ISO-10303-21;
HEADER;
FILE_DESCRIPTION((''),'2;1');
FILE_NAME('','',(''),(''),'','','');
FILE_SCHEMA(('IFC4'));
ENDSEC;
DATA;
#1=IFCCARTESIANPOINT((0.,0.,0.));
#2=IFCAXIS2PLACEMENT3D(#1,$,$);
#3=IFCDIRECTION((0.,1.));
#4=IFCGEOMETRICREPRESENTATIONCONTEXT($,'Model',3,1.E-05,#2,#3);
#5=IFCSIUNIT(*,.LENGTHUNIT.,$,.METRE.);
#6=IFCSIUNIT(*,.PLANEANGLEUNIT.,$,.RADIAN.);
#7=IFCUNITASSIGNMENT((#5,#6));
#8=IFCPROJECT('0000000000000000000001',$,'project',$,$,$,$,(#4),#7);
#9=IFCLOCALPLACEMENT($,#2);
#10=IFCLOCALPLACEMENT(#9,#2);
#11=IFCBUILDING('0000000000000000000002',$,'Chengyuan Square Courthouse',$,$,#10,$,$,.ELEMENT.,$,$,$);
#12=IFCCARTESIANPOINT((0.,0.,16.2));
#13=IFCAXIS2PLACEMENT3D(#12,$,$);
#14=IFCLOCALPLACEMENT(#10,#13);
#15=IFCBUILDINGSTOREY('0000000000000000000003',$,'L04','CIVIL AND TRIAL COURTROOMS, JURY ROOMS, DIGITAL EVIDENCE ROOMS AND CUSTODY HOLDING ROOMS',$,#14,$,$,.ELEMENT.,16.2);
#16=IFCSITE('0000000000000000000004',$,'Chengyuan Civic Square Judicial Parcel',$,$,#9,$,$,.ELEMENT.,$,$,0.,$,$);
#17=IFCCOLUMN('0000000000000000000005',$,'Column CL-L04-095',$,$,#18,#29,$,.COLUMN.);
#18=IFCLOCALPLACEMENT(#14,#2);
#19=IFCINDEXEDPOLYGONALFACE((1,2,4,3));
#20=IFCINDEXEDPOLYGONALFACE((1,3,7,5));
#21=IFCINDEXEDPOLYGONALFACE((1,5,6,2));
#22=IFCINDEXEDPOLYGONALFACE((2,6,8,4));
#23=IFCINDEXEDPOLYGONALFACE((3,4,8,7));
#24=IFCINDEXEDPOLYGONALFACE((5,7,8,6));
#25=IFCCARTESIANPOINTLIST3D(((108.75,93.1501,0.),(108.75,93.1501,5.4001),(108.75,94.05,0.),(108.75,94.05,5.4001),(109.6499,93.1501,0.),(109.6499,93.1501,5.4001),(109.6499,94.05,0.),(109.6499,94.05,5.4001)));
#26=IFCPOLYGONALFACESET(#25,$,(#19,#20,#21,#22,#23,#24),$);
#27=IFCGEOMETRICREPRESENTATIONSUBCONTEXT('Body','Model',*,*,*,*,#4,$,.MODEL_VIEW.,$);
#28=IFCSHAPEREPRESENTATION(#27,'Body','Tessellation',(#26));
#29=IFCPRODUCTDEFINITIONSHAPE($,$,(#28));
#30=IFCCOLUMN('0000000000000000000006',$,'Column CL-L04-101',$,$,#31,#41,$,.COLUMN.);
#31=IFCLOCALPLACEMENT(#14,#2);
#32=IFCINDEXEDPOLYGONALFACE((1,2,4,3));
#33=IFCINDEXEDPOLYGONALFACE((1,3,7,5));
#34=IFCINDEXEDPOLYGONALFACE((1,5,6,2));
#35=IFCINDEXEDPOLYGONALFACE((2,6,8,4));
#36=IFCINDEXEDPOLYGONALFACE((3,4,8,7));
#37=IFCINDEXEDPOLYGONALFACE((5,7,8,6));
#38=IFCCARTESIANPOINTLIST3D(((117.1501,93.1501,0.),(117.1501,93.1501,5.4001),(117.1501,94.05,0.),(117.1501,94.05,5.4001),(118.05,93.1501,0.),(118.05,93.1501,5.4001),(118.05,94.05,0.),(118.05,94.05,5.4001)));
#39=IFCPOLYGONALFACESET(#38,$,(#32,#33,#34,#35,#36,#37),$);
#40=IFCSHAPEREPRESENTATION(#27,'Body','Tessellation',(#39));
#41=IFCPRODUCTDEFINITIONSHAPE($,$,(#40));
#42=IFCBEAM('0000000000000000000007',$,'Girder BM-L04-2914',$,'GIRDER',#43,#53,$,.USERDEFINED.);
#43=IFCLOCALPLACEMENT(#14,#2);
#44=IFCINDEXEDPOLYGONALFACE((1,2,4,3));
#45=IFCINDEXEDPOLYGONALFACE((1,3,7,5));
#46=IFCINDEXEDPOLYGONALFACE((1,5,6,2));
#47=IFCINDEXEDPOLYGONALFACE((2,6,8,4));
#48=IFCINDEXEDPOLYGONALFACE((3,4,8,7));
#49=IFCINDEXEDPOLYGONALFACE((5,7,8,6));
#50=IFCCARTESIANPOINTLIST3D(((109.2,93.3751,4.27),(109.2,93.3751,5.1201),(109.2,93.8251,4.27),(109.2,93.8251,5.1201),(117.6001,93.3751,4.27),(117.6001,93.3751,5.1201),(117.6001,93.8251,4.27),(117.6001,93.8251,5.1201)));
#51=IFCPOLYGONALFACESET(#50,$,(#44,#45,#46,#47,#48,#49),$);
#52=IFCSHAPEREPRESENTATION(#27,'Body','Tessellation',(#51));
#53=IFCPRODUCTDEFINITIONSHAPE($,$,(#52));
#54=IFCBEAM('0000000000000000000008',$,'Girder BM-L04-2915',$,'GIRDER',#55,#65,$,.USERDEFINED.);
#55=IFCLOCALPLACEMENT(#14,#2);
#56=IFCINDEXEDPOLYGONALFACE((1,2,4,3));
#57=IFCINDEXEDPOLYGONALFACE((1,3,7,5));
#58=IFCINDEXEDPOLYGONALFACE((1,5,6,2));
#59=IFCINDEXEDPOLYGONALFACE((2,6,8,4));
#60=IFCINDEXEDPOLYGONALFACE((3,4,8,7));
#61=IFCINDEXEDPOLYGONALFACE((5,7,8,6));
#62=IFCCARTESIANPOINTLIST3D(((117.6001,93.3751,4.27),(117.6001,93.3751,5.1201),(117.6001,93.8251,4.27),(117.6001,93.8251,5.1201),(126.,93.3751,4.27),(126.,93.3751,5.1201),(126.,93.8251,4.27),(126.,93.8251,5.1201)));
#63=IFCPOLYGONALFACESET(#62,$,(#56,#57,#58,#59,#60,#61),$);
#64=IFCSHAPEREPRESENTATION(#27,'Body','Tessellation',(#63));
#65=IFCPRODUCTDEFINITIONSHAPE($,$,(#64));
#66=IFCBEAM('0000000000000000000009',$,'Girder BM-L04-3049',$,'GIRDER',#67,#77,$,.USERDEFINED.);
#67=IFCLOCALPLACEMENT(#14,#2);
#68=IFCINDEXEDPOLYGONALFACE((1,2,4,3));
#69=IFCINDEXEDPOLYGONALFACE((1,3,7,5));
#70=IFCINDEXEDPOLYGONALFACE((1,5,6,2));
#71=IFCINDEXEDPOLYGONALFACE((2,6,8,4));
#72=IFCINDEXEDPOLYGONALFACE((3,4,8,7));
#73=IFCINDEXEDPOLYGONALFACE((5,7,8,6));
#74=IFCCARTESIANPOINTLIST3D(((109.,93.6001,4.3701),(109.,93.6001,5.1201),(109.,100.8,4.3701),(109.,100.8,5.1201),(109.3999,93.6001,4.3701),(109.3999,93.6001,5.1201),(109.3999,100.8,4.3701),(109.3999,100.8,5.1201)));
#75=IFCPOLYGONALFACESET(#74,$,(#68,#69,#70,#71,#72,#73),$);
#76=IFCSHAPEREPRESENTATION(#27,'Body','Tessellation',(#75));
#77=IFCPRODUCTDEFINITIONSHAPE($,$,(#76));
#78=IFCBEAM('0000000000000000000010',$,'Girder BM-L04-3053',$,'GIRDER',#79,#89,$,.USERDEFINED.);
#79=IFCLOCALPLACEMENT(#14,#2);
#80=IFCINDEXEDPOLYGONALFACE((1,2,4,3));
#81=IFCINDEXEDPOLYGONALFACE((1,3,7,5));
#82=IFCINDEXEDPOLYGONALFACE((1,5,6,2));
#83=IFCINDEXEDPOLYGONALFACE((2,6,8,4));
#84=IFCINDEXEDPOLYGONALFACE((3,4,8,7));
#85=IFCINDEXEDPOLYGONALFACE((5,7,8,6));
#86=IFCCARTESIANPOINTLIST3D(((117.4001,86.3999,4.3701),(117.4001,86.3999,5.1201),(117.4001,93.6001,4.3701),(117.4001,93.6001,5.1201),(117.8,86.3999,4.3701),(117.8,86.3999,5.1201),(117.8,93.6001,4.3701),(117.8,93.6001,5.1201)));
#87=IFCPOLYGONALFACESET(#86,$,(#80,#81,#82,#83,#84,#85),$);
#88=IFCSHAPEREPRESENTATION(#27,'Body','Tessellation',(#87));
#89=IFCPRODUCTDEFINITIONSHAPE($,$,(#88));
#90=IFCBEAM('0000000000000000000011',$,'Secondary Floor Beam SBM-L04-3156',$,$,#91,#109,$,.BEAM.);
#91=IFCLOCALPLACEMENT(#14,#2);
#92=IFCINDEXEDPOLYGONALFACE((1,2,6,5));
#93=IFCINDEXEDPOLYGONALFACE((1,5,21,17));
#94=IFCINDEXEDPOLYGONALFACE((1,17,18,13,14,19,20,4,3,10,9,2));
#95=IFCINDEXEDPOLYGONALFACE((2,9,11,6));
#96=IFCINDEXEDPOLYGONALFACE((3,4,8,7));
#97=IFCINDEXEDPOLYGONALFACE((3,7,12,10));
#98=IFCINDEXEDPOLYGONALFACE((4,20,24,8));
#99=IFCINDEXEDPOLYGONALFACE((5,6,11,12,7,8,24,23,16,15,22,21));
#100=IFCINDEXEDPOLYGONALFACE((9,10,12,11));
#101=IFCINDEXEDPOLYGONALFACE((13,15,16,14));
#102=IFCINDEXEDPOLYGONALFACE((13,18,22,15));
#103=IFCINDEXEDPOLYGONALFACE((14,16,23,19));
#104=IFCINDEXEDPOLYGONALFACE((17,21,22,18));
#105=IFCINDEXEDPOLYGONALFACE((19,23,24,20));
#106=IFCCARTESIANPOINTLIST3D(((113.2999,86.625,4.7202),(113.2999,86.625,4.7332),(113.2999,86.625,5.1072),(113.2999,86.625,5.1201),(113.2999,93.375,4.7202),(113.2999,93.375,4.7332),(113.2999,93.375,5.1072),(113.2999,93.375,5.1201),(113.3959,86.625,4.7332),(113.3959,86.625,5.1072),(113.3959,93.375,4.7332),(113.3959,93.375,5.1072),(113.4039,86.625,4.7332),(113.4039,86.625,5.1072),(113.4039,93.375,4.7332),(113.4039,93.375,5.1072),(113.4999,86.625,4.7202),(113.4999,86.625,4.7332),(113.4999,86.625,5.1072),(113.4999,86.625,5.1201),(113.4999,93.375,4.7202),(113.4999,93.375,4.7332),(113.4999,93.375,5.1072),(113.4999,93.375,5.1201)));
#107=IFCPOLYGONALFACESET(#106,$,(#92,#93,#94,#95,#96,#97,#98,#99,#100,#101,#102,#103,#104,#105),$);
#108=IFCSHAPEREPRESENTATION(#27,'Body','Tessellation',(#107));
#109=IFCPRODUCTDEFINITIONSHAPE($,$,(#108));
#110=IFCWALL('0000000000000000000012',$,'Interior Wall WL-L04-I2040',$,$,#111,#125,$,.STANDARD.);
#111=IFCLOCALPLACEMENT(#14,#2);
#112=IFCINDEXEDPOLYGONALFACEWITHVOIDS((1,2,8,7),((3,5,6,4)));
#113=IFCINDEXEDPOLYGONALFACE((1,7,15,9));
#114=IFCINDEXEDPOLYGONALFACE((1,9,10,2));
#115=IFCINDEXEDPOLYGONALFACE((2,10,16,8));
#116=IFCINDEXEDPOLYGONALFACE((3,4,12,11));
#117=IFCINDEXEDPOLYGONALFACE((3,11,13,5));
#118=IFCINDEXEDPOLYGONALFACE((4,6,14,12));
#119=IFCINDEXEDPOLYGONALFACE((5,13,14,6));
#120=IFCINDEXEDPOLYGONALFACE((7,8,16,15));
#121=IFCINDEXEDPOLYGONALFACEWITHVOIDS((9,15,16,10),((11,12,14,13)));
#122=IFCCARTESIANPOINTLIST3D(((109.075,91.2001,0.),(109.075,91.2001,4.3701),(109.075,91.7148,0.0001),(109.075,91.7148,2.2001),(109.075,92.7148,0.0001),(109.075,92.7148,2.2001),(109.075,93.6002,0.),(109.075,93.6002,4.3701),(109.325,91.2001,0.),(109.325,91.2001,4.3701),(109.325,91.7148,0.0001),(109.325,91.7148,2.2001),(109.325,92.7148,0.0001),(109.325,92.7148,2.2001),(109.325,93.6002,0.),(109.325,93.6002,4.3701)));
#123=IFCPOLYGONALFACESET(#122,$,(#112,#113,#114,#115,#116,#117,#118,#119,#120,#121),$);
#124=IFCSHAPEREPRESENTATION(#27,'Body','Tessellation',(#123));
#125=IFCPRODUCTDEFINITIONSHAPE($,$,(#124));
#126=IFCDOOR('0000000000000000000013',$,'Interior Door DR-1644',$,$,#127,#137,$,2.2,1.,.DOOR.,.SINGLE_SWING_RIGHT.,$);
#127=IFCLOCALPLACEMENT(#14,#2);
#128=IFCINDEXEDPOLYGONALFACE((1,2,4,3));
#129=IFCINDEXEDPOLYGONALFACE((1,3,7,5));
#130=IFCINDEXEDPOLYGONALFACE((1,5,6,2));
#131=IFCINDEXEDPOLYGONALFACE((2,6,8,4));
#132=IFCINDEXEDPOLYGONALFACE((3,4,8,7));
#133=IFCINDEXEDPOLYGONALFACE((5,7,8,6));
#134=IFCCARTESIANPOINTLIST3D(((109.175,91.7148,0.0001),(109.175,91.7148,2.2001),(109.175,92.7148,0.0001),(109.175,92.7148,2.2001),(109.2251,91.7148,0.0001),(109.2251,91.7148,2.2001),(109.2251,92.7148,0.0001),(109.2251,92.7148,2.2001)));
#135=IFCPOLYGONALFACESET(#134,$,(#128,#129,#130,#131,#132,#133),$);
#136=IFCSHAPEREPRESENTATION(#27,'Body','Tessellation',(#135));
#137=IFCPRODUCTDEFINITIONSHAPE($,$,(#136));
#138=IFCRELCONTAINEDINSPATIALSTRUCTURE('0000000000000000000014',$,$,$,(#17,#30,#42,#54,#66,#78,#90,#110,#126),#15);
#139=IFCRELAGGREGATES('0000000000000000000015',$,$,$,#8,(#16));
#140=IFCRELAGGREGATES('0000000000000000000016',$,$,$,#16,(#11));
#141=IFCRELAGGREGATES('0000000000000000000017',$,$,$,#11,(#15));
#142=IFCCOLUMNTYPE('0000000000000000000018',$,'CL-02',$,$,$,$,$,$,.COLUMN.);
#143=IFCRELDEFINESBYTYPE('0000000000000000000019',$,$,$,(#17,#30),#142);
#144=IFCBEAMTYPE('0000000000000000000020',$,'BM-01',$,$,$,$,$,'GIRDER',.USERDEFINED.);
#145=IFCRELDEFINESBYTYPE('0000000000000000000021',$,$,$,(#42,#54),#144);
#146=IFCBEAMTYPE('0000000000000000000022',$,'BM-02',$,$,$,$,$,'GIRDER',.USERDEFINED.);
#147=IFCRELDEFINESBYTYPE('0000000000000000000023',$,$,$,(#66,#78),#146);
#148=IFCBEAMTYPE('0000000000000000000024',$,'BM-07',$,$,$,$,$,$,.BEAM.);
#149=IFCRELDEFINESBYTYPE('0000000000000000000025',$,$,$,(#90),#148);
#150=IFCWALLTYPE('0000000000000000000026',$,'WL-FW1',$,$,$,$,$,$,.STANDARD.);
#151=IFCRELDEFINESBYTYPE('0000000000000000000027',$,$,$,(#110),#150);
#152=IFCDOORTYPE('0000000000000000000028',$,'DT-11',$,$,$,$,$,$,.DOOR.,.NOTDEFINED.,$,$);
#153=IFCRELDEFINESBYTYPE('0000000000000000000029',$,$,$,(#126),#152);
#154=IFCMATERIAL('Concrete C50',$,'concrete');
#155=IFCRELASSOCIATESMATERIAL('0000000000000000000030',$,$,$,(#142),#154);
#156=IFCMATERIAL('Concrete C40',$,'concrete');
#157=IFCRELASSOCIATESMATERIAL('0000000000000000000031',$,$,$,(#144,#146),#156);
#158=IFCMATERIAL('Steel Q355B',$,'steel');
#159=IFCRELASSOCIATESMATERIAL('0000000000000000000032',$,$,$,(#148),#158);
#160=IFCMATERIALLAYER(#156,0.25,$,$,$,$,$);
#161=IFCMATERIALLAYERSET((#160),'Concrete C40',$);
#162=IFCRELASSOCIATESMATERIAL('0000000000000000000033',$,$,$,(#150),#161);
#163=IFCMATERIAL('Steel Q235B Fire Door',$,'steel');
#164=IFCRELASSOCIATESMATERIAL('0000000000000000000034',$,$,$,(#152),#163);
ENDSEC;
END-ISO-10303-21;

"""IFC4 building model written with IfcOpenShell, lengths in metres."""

from ifc_helpers import new_model, si_unit, direction, frame, frame_2d, origin, origin_2d, place, context, subcontext, project, spatial, rectangle, i_section, extrude, material, layer, layer_set, material_profile, profile_set, type_object, element, fill, save


model = new_model("IFC4")

# Units and contexts
model_context = context("Model", 3, precision=1e-05, world=origin(), true_north=direction((0.0, 1.0)))
body_context = subcontext(model_context, "Body", "Model", "MODEL_VIEW")
ifc_project = project(units=[si_unit("LENGTHUNIT", "METRE"), si_unit("PLANEANGLEUNIT", "RADIAN")], contexts=[model_context])

# Site, building, storey
site_placement = place(None, origin())
site = spatial("IfcSite", under=ifc_project, at=site_placement, Name="Chengyuan Civic Square Judicial Parcel", CompositionType="ELEMENT", RefElevation=0.0)
building_placement = place(site_placement, origin())
building = spatial("IfcBuilding", under=site, at=building_placement, Name="Chengyuan Square Courthouse", CompositionType="ELEMENT")
storey_placement = place(building_placement, frame((0.0, 0.0, 16.2)))
storey = spatial("IfcBuildingStorey", under=building, at=storey_placement, Name="L04", Description="CIVIL AND TRIAL COURTROOMS, JURY ROOMS, DIGITAL EVIDENCE ROOMS AND CUSTODY HOLDING ROOMS", CompositionType="ELEMENT", Elevation=16.2)

# Columns
ifc_material_1 = material(Name="Concrete C50", Category="concrete")
ifc_material_profile_1 = material_profile(ifc_material_1, rectangle(XDim=0.8999, YDim=0.8999, at=origin_2d()), Name="RC-COL-900x900")
ifc_profile_set_1 = profile_set([ifc_material_profile_1], Name="Concrete C50")
column_type = type_object("IfcColumnType", Name="CL-02", PredefinedType="COLUMN", material=ifc_profile_set_1)
for number, where, z_axis, x_axis, name in (
    (1, (109.2, 93.6001, 0.0), (0.0, 0.0, 1.0), (1.0, 0.0, 0.0), "Column CL-L04-095"),
    (2, (117.6001, 93.6001, 0.0), (0.0, 0.0, 1.0), (1.0, 0.0, 0.0), "Column CL-L04-101"),
):
    element("IfcColumn", number, at=place(storey_placement, frame(where, z_axis=z_axis, x_axis=x_axis)), inside=storey, type_object=column_type, Name=name, PredefinedType="COLUMN", context=body_context, shape_type="SweptSolid", body=[
        extrude(rectangle(XDim=0.8999, YDim=0.8999, at=origin_2d()), origin(), (0.0, 0.0, 1.0), 5.4001),
    ])

# Beams
ifc_material_2 = material(Name="Concrete C40", Category="concrete")
ifc_material_profile_2 = material_profile(ifc_material_2, rectangle(XDim=0.45, YDim=0.8501, at=origin_2d()), Name="RC-BM-450x850")
ifc_profile_set_2 = profile_set([ifc_material_profile_2], Name="Concrete C40")
beam_type_1 = type_object("IfcBeamType", Name="BM-01", ElementType="GIRDER", PredefinedType="USERDEFINED", material=ifc_profile_set_2)
beam_1_placement = place(storey_placement, frame((109.2, 93.6001, 4.6951), z_axis=(1.0, 0.0, 0.0), x_axis=(0.0, 1.0, 0.0)))
element("IfcBeam", 3, at=beam_1_placement, inside=storey, type_object=beam_type_1, Name="Girder BM-L04-2914", ObjectType="GIRDER", PredefinedType="USERDEFINED", context=body_context, shape_type="SweptSolid", body=[
    extrude(rectangle(XDim=0.45, YDim=0.8501, at=origin_2d()), origin(), (0.0, 0.0, 1.0), 8.4001),
])
beam_2_placement = place(storey_placement, frame((117.6001, 93.6001, 4.6951), z_axis=(1.0, 0.0, 0.0), x_axis=(0.0, 1.0, 0.0)))
element("IfcBeam", 4, at=beam_2_placement, inside=storey, type_object=beam_type_1, Name="Girder BM-L04-2915", ObjectType="GIRDER", PredefinedType="USERDEFINED", context=body_context, shape_type="SweptSolid", body=[
    extrude(rectangle(XDim=0.45, YDim=0.8501, at=origin_2d()), origin(), (0.0, 0.0, 1.0), 8.3999),
])
ifc_material_profile_3 = material_profile(ifc_material_2, rectangle(XDim=0.3999, YDim=0.75, at=origin_2d()), Name="RC-BM-400x750")
ifc_profile_set_3 = profile_set([ifc_material_profile_3], Name="Concrete C40")
beam_type_2 = type_object("IfcBeamType", Name="BM-02", ElementType="GIRDER", PredefinedType="USERDEFINED", material=ifc_profile_set_3)
beam_3_placement = place(storey_placement, frame((109.2, 93.6001, 4.7451), z_axis=(0.0, 1.0, 0.0), x_axis=(-1.0, 0.0, 0.0)))
element("IfcBeam", 5, at=beam_3_placement, inside=storey, type_object=beam_type_2, Name="Girder BM-L04-3049", ObjectType="GIRDER", PredefinedType="USERDEFINED", context=body_context, shape_type="SweptSolid", body=[
    extrude(rectangle(XDim=0.3999, YDim=0.75, at=origin_2d()), origin(), (0.0, 0.0, 1.0), 7.2),
])
beam_4_placement = place(storey_placement, frame((117.6001, 86.3999, 4.7451), z_axis=(0.0, 1.0, 0.0), x_axis=(-1.0, 0.0, 0.0)))
element("IfcBeam", 6, at=beam_4_placement, inside=storey, type_object=beam_type_2, Name="Girder BM-L04-3053", ObjectType="GIRDER", PredefinedType="USERDEFINED", context=body_context, shape_type="SweptSolid", body=[
    extrude(rectangle(XDim=0.3999, YDim=0.75, at=origin_2d()), origin(), (0.0, 0.0, 1.0), 7.2002),
])
ifc_material_3 = material(Name="Steel Q355B", Category="steel")
ifc_material_profile_4 = material_profile(ifc_material_3, i_section(OverallWidth=0.2, OverallDepth=0.3999, WebThickness=0.0081, FlangeThickness=0.0129, at=origin_2d()), Name="HN 400x200x8x13")
ifc_profile_set_4 = profile_set([ifc_material_profile_4], Name="Steel Q355B")
beam_type_3 = type_object("IfcBeamType", Name="BM-07", PredefinedType="BEAM", material=ifc_profile_set_4)
beam_5_placement = place(storey_placement, frame((113.3999, 86.625, 4.9202), z_axis=(0.0, 1.0, 0.0), x_axis=(-1.0, 0.0, 0.0)))
element("IfcBeam", 7, at=beam_5_placement, inside=storey, type_object=beam_type_3, Name="Secondary Floor Beam SBM-L04-3156", PredefinedType="BEAM", context=body_context, shape_type="SweptSolid", body=[
    extrude(i_section(OverallWidth=0.2, OverallDepth=0.3999, WebThickness=0.0081, FlangeThickness=0.0129, at=origin_2d()), origin(), (0.0, 0.0, 1.0), 6.75),
])

# Wall, opening, door
ifc_layer_1 = layer(ifc_material_2, 0.25)
ifc_layer_set_1 = layer_set([ifc_layer_1], Name="Concrete C40")
wall_type_1 = type_object("IfcWallType", Name="WL-FW1", PredefinedType="STANDARD", material=ifc_layer_set_1)
wall_1_placement = place(storey_placement, frame((109.2, 91.2, 0.0), z_axis=(0.0, 0.0, 1.0), x_axis=(0.0, 1.0, 0.0)))
wall_1 = element("IfcWall", 8, at=wall_1_placement, inside=storey, type_object=wall_type_1, Name="Interior Wall WL-L04-I2040", PredefinedType="STANDARD", context=body_context, shape_type="SweptSolid", body=[
    extrude(rectangle(XDim=2.4001, YDim=0.25, at=frame_2d((1.2002, 0.0))), origin(), (0.0, 0.0, 1.0), 4.3701),
])
opening_1_placement = place(wall_1_placement, frame((0.5149, 0.0, 0.0)))
opening_1 = element("IfcOpeningElement", 9, at=opening_1_placement, cuts=wall_1, PredefinedType="OPENING", context=body_context, shape_type="SweptSolid", body=[
    extrude(rectangle(XDim=1.0, YDim=2.2, at=frame_2d((0.5, 1.1001))), frame((0.0, 0.137, 0.0), z_axis=(0.0, -1.0, 0.0), x_axis=(1.0, 0.0, 0.0)), (0.0, 0.0, 1.0), 0.2739),
])
ifc_material_4 = material(Name="Steel Q235B Fire Door", Category="steel")
door_type_1 = type_object("IfcDoorType", Name="DT-11", OperationType="NOTDEFINED", PredefinedType="DOOR", material=ifc_material_4)
door_1_placement = place(opening_1_placement, origin())
door_1 = element("IfcDoor", 10, at=door_1_placement, inside=storey, type_object=door_type_1, Name="Interior Door DR-1644", OperationType="SINGLE_SWING_RIGHT", OverallHeight=2.2, OverallWidth=1.0, PredefinedType="DOOR", context=body_context, shape_type="SweptSolid", body=[
    extrude(rectangle(XDim=1.0, YDim=2.2, at=frame_2d((0.5, 1.1001))), frame((0.0, 0.0249, 0.0), z_axis=(0.0, -1.0, 0.0), x_axis=(1.0, 0.0, 0.0)), (0.0, 0.0, 1.0), 0.05),
])
fill(opening_1, door_1)

save(model, "model.ifc")
